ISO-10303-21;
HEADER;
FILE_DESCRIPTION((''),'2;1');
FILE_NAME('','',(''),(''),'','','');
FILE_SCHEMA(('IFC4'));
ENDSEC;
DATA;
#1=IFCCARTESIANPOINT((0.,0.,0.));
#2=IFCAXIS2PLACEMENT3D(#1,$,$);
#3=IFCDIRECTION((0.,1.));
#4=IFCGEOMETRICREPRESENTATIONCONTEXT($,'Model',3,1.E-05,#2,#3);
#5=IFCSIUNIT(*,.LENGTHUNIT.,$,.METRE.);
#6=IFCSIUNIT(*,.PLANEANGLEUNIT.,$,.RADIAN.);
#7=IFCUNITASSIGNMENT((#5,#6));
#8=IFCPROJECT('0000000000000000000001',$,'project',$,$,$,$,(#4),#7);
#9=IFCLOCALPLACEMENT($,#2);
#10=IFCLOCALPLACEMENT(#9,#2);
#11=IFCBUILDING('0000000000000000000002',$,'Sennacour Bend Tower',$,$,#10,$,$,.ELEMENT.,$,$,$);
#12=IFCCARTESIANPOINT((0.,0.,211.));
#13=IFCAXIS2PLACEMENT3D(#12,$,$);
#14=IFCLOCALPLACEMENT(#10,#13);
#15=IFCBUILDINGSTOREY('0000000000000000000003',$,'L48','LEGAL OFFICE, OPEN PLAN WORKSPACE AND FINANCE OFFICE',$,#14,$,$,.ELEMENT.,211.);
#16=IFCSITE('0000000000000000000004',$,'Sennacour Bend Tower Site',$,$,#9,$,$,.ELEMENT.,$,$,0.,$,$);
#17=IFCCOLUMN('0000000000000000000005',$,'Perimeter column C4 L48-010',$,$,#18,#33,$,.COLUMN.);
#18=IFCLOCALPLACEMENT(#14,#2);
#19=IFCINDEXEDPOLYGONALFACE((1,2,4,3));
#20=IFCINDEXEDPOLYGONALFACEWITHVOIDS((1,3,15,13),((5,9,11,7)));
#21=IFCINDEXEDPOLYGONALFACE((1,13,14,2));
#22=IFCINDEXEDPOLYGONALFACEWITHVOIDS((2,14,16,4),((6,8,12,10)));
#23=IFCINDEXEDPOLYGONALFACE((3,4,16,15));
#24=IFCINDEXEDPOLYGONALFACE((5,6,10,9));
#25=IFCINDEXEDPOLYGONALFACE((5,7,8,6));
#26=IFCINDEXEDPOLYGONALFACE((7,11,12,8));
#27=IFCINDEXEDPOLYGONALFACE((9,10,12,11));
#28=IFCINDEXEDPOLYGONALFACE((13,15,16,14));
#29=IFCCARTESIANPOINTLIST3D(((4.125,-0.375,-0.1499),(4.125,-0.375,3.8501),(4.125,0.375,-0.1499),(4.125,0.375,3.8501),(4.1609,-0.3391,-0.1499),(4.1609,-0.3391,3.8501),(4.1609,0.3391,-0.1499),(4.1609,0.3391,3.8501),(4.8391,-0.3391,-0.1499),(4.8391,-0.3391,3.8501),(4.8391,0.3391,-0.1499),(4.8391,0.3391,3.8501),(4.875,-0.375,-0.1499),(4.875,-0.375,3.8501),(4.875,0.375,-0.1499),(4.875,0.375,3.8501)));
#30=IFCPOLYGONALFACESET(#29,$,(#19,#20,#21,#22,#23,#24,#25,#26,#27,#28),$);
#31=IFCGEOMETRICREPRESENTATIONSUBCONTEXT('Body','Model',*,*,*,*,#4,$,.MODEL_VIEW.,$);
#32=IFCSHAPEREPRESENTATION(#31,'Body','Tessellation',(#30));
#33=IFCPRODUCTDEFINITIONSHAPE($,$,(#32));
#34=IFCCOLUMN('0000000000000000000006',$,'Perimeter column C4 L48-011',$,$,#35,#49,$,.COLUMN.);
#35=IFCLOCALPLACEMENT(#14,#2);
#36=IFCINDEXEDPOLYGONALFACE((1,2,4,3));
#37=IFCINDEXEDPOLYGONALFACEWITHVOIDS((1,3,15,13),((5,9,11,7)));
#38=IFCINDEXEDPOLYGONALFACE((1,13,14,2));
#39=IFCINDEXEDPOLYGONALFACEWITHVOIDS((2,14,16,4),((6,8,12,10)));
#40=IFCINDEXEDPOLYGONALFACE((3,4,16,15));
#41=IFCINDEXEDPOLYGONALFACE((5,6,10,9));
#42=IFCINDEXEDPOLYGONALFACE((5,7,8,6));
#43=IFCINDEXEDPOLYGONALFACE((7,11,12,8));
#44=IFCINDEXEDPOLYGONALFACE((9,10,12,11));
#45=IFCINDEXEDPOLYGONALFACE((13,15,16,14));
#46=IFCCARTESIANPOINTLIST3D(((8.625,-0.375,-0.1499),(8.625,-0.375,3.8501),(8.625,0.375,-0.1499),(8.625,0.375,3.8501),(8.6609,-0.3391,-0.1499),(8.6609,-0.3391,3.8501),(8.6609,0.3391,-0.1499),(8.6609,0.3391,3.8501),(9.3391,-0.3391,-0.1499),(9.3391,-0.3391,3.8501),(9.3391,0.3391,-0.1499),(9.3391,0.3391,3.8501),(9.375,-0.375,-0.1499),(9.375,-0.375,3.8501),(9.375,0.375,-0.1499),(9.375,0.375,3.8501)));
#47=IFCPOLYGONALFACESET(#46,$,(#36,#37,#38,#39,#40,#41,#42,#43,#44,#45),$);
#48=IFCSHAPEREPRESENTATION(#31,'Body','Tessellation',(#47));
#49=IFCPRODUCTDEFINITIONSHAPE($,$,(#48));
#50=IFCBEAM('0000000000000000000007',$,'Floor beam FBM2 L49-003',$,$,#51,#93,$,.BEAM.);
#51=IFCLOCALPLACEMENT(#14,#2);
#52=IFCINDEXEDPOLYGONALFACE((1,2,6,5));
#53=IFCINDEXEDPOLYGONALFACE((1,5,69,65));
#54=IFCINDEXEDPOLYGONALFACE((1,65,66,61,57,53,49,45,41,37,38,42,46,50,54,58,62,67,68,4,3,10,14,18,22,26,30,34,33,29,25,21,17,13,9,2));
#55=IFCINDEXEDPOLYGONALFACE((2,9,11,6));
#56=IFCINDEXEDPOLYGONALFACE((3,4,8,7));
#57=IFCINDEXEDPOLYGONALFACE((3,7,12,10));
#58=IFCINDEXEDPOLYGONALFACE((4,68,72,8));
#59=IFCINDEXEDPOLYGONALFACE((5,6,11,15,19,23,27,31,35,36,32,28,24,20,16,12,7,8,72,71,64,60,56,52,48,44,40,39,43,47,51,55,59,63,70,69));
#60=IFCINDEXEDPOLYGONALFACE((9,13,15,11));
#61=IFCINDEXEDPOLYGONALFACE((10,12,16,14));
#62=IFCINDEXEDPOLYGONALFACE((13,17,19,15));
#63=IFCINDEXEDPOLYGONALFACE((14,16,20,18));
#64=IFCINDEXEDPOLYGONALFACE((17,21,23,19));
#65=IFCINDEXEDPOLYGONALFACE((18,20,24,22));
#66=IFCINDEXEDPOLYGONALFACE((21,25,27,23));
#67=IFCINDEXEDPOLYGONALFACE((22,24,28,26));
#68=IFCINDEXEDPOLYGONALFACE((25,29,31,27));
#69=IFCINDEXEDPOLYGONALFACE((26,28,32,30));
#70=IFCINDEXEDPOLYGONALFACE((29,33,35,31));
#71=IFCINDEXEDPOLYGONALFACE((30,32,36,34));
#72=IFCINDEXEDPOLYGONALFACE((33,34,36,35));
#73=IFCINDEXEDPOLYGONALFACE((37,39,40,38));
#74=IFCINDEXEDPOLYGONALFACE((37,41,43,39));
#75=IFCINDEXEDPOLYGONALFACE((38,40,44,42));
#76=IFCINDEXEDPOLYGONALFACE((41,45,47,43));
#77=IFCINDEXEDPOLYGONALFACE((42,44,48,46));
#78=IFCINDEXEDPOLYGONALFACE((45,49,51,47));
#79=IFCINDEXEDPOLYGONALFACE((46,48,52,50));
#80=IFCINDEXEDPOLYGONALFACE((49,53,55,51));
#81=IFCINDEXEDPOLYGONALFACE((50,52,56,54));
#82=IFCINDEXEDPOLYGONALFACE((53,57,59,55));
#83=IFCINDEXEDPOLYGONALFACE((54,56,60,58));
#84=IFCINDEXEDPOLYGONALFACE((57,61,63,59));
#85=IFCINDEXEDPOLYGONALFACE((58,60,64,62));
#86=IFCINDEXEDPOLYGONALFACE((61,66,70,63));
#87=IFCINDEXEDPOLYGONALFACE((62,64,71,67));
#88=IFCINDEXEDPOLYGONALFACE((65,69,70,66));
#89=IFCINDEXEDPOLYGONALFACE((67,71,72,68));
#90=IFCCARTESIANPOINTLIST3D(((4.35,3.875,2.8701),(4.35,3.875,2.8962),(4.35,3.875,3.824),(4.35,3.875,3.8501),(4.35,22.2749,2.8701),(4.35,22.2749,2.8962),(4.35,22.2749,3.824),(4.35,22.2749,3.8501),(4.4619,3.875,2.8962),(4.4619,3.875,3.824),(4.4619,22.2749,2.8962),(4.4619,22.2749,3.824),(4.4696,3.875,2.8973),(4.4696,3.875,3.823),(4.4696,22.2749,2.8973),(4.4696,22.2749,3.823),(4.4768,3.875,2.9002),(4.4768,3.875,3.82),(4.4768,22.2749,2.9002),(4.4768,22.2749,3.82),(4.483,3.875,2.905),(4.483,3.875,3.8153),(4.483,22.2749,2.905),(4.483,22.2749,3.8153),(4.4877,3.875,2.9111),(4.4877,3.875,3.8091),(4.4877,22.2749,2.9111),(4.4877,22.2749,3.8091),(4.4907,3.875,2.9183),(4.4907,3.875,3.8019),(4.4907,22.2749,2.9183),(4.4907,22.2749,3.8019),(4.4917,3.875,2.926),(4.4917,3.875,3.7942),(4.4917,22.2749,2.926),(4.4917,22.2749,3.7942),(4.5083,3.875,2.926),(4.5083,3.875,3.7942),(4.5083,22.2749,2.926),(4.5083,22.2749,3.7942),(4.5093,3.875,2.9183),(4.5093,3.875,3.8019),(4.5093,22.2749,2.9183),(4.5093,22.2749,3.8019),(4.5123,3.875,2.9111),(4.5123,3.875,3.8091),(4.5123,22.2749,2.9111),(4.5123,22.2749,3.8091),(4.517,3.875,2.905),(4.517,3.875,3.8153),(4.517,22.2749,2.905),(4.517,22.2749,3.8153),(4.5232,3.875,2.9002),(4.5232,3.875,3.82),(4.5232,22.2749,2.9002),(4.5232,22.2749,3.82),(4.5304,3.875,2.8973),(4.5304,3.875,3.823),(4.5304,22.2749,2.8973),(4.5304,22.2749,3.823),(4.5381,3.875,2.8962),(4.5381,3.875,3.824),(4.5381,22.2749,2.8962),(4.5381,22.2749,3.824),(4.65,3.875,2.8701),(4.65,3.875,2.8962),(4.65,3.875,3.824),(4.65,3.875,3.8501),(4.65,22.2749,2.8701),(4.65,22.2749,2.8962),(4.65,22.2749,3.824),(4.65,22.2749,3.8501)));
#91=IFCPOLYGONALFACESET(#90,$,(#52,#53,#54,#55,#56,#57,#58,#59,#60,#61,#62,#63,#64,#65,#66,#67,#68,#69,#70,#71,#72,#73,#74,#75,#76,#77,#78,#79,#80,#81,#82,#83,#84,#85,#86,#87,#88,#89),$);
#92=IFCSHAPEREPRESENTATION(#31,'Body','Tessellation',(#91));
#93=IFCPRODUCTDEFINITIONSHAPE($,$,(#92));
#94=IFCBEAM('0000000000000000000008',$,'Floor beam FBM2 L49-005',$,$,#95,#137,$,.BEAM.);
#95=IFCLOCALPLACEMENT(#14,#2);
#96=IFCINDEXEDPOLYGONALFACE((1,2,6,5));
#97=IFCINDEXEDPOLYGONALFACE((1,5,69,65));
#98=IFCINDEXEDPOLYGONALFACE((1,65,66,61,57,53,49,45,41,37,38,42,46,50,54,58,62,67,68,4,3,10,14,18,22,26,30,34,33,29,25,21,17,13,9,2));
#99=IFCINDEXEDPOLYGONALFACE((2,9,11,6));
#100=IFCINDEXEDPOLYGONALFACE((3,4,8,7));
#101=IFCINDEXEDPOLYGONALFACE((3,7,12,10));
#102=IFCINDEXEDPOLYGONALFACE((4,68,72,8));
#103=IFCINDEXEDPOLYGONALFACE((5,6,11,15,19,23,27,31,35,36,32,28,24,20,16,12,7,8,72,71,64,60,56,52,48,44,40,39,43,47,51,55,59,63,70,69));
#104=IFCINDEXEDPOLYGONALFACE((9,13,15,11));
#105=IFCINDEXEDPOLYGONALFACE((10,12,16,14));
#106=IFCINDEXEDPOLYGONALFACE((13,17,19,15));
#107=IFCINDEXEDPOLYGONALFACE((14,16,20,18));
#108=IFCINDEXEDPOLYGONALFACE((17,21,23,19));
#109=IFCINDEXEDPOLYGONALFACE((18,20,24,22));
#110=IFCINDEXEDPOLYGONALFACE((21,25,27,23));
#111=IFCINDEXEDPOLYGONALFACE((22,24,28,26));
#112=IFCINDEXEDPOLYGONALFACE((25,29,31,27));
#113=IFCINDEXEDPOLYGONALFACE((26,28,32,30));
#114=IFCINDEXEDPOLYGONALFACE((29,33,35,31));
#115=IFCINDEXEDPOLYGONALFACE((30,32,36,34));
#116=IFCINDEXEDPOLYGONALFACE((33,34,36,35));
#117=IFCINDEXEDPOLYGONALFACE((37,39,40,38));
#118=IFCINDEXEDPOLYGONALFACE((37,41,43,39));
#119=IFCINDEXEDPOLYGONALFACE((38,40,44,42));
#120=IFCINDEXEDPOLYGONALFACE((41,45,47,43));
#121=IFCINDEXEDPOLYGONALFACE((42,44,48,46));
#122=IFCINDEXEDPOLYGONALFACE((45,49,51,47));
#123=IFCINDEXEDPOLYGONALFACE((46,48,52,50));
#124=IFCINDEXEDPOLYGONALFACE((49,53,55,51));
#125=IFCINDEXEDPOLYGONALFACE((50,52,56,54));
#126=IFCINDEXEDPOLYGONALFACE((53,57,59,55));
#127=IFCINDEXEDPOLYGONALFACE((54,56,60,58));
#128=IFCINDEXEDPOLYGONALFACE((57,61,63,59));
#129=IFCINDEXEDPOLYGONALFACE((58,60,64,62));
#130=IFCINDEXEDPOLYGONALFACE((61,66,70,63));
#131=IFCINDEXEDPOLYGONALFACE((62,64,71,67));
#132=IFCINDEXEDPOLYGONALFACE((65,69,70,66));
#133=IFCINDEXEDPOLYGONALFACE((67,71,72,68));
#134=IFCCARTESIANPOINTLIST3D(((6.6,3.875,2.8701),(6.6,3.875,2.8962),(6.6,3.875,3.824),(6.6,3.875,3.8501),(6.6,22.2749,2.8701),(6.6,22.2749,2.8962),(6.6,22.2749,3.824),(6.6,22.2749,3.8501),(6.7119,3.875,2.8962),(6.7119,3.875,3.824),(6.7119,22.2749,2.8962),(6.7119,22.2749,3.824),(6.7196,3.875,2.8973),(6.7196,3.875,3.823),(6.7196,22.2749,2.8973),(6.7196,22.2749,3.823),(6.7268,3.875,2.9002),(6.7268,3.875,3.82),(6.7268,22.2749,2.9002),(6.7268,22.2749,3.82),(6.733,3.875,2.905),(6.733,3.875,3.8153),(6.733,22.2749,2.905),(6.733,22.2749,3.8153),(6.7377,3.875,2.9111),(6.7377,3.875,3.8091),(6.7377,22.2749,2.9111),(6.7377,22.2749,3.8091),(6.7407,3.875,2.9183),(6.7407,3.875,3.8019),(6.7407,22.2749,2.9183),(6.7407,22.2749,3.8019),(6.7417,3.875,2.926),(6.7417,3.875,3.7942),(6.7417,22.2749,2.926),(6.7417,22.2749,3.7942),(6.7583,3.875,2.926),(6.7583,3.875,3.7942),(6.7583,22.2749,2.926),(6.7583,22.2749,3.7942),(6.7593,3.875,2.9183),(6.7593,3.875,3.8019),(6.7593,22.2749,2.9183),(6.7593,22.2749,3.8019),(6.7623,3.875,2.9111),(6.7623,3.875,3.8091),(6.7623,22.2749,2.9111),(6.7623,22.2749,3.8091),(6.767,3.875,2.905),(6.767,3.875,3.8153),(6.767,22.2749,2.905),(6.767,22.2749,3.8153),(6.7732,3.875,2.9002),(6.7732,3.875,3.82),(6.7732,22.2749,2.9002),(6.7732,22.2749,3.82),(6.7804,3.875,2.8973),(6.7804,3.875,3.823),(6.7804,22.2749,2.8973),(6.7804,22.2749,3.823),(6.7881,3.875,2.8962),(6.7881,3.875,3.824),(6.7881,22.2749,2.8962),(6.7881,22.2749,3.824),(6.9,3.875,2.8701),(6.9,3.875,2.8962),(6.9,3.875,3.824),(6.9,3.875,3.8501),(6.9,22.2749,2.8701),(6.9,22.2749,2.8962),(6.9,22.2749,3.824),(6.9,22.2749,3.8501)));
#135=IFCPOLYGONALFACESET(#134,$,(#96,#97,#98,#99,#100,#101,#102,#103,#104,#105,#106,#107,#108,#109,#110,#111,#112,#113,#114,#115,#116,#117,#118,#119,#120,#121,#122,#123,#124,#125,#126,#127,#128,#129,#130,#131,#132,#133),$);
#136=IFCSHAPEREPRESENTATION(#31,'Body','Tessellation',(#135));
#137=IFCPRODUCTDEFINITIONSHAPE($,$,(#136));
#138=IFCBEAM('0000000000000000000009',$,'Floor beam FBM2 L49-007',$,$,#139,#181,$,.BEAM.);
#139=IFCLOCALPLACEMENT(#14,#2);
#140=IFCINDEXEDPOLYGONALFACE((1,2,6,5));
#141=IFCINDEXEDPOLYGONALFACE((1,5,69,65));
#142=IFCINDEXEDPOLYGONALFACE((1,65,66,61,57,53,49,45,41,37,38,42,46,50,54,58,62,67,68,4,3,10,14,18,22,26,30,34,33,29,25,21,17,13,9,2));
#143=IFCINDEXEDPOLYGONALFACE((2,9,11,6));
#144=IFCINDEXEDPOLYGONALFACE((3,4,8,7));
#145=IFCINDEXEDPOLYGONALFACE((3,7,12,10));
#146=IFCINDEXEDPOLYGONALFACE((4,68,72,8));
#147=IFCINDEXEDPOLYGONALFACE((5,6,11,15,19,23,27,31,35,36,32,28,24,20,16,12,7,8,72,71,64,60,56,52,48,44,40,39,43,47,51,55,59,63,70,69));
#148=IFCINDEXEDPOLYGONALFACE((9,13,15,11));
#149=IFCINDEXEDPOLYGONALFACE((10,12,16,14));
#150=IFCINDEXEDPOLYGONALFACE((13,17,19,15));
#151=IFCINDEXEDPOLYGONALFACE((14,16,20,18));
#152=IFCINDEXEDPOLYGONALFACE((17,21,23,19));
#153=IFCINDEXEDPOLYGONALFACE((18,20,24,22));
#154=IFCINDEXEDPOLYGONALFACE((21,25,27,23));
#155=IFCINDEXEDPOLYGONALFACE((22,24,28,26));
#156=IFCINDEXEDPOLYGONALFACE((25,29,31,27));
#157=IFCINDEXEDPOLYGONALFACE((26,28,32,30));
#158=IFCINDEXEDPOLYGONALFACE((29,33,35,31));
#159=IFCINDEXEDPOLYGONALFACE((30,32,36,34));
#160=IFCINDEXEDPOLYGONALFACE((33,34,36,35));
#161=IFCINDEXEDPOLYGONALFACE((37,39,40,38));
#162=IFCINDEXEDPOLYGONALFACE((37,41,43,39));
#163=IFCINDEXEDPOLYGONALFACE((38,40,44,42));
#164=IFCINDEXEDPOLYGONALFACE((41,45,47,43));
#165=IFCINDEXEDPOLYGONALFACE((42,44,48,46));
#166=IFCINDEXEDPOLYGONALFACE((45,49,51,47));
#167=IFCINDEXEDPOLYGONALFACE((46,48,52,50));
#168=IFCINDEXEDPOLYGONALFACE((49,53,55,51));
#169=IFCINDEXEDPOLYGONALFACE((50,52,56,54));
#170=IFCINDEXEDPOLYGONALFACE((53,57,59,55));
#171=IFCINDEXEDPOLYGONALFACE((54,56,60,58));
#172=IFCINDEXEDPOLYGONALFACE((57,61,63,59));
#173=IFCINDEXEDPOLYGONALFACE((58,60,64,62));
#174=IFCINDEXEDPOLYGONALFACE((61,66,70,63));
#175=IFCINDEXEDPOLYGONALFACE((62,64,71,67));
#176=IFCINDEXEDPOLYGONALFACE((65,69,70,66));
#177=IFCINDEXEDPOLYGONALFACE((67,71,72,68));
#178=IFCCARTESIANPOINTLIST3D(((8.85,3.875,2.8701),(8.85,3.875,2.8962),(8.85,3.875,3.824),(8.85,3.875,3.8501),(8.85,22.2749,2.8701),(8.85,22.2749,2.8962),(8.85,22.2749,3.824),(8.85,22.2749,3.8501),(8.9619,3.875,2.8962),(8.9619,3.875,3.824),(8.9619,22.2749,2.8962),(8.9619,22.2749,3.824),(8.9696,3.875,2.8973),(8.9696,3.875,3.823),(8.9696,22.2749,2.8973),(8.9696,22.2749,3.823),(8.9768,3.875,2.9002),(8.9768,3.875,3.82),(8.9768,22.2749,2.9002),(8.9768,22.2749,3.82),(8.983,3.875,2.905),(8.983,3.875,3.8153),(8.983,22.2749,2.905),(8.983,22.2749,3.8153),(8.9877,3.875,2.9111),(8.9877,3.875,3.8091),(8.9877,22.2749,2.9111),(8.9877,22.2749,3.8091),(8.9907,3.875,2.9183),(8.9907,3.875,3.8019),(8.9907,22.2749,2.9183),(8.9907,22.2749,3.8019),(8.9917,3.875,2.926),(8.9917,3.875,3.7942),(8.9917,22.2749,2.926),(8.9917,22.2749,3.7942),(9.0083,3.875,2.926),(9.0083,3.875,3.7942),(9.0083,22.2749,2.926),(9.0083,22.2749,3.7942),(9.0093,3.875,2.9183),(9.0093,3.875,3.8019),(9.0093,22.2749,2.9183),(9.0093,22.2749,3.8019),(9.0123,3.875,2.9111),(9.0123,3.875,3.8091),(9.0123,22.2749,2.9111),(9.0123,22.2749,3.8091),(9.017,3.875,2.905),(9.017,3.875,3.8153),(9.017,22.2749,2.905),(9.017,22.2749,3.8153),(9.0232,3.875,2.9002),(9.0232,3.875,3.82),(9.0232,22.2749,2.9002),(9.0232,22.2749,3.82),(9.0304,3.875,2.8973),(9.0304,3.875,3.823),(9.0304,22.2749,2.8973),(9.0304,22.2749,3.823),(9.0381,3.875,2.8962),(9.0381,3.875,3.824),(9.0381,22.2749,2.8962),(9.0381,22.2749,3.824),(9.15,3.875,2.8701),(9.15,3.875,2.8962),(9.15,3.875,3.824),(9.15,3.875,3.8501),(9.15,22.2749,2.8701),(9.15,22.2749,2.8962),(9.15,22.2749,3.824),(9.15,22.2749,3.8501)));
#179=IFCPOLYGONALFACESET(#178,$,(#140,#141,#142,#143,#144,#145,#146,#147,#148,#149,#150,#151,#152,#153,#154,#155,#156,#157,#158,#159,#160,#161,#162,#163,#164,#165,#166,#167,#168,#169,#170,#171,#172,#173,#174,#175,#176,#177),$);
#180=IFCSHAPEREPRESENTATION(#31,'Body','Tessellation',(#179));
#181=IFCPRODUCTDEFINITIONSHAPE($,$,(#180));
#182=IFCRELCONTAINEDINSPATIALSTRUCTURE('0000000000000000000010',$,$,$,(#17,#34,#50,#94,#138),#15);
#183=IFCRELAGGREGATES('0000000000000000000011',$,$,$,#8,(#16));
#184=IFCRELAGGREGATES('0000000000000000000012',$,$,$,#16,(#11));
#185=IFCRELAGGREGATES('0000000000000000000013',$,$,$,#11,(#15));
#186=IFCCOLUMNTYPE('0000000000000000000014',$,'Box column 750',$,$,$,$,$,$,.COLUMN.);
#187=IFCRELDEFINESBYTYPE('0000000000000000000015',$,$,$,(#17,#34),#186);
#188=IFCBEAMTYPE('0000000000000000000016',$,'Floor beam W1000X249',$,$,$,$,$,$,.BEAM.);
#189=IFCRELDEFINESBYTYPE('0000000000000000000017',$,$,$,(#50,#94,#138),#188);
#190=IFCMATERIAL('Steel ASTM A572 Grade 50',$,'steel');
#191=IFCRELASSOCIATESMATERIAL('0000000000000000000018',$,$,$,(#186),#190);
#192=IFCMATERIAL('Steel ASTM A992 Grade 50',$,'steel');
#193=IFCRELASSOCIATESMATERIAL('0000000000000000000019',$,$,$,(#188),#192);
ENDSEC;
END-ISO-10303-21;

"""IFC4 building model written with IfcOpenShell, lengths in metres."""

from ifc_helpers import new_model, si_unit, direction, frame, origin, origin_2d, place, context, subcontext, project, spatial, hollow_rectangle, i_section, extrude, material, material_profile, profile_set, type_object, element, save


model = new_model("IFC4")

# Units and contexts
model_context = context("Model", 3, precision=1e-05, world=origin(), true_north=direction((0.0, 1.0)))
body_context = subcontext(model_context, "Body", "Model", "MODEL_VIEW")
ifc_project = project(units=[si_unit("LENGTHUNIT", "METRE"), si_unit("PLANEANGLEUNIT", "RADIAN")], contexts=[model_context])

# Site, building, storey
site_placement = place(None, origin())
site = spatial("IfcSite", under=ifc_project, at=site_placement, Name="Sennacour Bend Tower Site", CompositionType="ELEMENT", RefElevation=0.0)
building_placement = place(site_placement, origin())
building = spatial("IfcBuilding", under=site, at=building_placement, Name="Sennacour Bend Tower", CompositionType="ELEMENT")
storey_placement = place(building_placement, frame((0.0, 0.0, 211.0)))
storey = spatial("IfcBuildingStorey", under=building, at=storey_placement, Name="L48", Description="LEGAL OFFICE, OPEN PLAN WORKSPACE AND FINANCE OFFICE", CompositionType="ELEMENT", Elevation=211.0)

# Columns
ifc_material_1 = material(Name="Steel ASTM A572 Grade 50", Category="steel")
ifc_material_profile_1 = material_profile(ifc_material_1, hollow_rectangle(XDim=0.75, YDim=0.75, WallThickness=0.0359, at=origin_2d()), Name="Steel ASTM A572 Grade 50", Category="steel")
ifc_profile_set_1 = profile_set([ifc_material_profile_1], Name="Steel ASTM A572 Grade 50")
column_type = type_object("IfcColumnType", Name="Box column 750", PredefinedType="COLUMN", material=ifc_profile_set_1)
for number, where, z_axis, x_axis, name in (
    (1, (4.5, 0.0, -0.1499), (0.0, 0.0, 1.0), (1.0, 0.0, 0.0), "Perimeter column C4 L48-010"),
    (2, (9.0, 0.0, -0.1499), (0.0, 0.0, 1.0), (1.0, 0.0, 0.0), "Perimeter column C4 L48-011"),
):
    element("IfcColumn", number, at=place(storey_placement, frame(where, z_axis=z_axis, x_axis=x_axis)), inside=storey, type_object=column_type, Name=name, PredefinedType="COLUMN", context=body_context, shape_type="SweptSolid", body=[
        extrude(hollow_rectangle(XDim=0.75, YDim=0.75, WallThickness=0.0359, at=origin_2d()), origin(), (0.0, 0.0, 1.0), 4.0),
    ])

# Beams
ifc_material_2 = material(Name="Steel ASTM A992 Grade 50", Category="steel")
ifc_material_profile_2 = material_profile(ifc_material_2, i_section(OverallWidth=0.3, OverallDepth=0.98, WebThickness=0.0166, FlangeThickness=0.0261, FilletRadius=0.0298, at=origin_2d()), Name="Steel ASTM A992 Grade 50", Category="steel")
ifc_profile_set_2 = profile_set([ifc_material_profile_2], Name="Steel ASTM A992 Grade 50")
beam_type_1 = type_object("IfcBeamType", Name="Floor beam W1000X249", PredefinedType="BEAM", material=ifc_profile_set_2)
for number, where, z_axis, x_axis, name in (
    (3, (4.5, 3.875, 3.3601), (0.0, 1.0, 0.0), (-1.0, 0.0, 0.0), "Floor beam FBM2 L49-003"),
    (4, (6.75, 3.875, 3.3601), (0.0, 1.0, 0.0), (-1.0, 0.0, 0.0), "Floor beam FBM2 L49-005"),
    (5, (9.0, 3.875, 3.3601), (0.0, 1.0, 0.0), (-1.0, 0.0, 0.0), "Floor beam FBM2 L49-007"),
):
    element("IfcBeam", number, at=place(storey_placement, frame(where, z_axis=z_axis, x_axis=x_axis)), inside=storey, type_object=beam_type_1, Name=name, PredefinedType="BEAM", context=body_context, shape_type="SweptSolid", body=[
        extrude(i_section(OverallWidth=0.3, OverallDepth=0.98, WebThickness=0.0166, FlangeThickness=0.0261, FilletRadius=0.0298, at=origin_2d()), origin(), (0.0, 0.0, 1.0), 18.3999),
    ])

save(model, "model.ifc")
